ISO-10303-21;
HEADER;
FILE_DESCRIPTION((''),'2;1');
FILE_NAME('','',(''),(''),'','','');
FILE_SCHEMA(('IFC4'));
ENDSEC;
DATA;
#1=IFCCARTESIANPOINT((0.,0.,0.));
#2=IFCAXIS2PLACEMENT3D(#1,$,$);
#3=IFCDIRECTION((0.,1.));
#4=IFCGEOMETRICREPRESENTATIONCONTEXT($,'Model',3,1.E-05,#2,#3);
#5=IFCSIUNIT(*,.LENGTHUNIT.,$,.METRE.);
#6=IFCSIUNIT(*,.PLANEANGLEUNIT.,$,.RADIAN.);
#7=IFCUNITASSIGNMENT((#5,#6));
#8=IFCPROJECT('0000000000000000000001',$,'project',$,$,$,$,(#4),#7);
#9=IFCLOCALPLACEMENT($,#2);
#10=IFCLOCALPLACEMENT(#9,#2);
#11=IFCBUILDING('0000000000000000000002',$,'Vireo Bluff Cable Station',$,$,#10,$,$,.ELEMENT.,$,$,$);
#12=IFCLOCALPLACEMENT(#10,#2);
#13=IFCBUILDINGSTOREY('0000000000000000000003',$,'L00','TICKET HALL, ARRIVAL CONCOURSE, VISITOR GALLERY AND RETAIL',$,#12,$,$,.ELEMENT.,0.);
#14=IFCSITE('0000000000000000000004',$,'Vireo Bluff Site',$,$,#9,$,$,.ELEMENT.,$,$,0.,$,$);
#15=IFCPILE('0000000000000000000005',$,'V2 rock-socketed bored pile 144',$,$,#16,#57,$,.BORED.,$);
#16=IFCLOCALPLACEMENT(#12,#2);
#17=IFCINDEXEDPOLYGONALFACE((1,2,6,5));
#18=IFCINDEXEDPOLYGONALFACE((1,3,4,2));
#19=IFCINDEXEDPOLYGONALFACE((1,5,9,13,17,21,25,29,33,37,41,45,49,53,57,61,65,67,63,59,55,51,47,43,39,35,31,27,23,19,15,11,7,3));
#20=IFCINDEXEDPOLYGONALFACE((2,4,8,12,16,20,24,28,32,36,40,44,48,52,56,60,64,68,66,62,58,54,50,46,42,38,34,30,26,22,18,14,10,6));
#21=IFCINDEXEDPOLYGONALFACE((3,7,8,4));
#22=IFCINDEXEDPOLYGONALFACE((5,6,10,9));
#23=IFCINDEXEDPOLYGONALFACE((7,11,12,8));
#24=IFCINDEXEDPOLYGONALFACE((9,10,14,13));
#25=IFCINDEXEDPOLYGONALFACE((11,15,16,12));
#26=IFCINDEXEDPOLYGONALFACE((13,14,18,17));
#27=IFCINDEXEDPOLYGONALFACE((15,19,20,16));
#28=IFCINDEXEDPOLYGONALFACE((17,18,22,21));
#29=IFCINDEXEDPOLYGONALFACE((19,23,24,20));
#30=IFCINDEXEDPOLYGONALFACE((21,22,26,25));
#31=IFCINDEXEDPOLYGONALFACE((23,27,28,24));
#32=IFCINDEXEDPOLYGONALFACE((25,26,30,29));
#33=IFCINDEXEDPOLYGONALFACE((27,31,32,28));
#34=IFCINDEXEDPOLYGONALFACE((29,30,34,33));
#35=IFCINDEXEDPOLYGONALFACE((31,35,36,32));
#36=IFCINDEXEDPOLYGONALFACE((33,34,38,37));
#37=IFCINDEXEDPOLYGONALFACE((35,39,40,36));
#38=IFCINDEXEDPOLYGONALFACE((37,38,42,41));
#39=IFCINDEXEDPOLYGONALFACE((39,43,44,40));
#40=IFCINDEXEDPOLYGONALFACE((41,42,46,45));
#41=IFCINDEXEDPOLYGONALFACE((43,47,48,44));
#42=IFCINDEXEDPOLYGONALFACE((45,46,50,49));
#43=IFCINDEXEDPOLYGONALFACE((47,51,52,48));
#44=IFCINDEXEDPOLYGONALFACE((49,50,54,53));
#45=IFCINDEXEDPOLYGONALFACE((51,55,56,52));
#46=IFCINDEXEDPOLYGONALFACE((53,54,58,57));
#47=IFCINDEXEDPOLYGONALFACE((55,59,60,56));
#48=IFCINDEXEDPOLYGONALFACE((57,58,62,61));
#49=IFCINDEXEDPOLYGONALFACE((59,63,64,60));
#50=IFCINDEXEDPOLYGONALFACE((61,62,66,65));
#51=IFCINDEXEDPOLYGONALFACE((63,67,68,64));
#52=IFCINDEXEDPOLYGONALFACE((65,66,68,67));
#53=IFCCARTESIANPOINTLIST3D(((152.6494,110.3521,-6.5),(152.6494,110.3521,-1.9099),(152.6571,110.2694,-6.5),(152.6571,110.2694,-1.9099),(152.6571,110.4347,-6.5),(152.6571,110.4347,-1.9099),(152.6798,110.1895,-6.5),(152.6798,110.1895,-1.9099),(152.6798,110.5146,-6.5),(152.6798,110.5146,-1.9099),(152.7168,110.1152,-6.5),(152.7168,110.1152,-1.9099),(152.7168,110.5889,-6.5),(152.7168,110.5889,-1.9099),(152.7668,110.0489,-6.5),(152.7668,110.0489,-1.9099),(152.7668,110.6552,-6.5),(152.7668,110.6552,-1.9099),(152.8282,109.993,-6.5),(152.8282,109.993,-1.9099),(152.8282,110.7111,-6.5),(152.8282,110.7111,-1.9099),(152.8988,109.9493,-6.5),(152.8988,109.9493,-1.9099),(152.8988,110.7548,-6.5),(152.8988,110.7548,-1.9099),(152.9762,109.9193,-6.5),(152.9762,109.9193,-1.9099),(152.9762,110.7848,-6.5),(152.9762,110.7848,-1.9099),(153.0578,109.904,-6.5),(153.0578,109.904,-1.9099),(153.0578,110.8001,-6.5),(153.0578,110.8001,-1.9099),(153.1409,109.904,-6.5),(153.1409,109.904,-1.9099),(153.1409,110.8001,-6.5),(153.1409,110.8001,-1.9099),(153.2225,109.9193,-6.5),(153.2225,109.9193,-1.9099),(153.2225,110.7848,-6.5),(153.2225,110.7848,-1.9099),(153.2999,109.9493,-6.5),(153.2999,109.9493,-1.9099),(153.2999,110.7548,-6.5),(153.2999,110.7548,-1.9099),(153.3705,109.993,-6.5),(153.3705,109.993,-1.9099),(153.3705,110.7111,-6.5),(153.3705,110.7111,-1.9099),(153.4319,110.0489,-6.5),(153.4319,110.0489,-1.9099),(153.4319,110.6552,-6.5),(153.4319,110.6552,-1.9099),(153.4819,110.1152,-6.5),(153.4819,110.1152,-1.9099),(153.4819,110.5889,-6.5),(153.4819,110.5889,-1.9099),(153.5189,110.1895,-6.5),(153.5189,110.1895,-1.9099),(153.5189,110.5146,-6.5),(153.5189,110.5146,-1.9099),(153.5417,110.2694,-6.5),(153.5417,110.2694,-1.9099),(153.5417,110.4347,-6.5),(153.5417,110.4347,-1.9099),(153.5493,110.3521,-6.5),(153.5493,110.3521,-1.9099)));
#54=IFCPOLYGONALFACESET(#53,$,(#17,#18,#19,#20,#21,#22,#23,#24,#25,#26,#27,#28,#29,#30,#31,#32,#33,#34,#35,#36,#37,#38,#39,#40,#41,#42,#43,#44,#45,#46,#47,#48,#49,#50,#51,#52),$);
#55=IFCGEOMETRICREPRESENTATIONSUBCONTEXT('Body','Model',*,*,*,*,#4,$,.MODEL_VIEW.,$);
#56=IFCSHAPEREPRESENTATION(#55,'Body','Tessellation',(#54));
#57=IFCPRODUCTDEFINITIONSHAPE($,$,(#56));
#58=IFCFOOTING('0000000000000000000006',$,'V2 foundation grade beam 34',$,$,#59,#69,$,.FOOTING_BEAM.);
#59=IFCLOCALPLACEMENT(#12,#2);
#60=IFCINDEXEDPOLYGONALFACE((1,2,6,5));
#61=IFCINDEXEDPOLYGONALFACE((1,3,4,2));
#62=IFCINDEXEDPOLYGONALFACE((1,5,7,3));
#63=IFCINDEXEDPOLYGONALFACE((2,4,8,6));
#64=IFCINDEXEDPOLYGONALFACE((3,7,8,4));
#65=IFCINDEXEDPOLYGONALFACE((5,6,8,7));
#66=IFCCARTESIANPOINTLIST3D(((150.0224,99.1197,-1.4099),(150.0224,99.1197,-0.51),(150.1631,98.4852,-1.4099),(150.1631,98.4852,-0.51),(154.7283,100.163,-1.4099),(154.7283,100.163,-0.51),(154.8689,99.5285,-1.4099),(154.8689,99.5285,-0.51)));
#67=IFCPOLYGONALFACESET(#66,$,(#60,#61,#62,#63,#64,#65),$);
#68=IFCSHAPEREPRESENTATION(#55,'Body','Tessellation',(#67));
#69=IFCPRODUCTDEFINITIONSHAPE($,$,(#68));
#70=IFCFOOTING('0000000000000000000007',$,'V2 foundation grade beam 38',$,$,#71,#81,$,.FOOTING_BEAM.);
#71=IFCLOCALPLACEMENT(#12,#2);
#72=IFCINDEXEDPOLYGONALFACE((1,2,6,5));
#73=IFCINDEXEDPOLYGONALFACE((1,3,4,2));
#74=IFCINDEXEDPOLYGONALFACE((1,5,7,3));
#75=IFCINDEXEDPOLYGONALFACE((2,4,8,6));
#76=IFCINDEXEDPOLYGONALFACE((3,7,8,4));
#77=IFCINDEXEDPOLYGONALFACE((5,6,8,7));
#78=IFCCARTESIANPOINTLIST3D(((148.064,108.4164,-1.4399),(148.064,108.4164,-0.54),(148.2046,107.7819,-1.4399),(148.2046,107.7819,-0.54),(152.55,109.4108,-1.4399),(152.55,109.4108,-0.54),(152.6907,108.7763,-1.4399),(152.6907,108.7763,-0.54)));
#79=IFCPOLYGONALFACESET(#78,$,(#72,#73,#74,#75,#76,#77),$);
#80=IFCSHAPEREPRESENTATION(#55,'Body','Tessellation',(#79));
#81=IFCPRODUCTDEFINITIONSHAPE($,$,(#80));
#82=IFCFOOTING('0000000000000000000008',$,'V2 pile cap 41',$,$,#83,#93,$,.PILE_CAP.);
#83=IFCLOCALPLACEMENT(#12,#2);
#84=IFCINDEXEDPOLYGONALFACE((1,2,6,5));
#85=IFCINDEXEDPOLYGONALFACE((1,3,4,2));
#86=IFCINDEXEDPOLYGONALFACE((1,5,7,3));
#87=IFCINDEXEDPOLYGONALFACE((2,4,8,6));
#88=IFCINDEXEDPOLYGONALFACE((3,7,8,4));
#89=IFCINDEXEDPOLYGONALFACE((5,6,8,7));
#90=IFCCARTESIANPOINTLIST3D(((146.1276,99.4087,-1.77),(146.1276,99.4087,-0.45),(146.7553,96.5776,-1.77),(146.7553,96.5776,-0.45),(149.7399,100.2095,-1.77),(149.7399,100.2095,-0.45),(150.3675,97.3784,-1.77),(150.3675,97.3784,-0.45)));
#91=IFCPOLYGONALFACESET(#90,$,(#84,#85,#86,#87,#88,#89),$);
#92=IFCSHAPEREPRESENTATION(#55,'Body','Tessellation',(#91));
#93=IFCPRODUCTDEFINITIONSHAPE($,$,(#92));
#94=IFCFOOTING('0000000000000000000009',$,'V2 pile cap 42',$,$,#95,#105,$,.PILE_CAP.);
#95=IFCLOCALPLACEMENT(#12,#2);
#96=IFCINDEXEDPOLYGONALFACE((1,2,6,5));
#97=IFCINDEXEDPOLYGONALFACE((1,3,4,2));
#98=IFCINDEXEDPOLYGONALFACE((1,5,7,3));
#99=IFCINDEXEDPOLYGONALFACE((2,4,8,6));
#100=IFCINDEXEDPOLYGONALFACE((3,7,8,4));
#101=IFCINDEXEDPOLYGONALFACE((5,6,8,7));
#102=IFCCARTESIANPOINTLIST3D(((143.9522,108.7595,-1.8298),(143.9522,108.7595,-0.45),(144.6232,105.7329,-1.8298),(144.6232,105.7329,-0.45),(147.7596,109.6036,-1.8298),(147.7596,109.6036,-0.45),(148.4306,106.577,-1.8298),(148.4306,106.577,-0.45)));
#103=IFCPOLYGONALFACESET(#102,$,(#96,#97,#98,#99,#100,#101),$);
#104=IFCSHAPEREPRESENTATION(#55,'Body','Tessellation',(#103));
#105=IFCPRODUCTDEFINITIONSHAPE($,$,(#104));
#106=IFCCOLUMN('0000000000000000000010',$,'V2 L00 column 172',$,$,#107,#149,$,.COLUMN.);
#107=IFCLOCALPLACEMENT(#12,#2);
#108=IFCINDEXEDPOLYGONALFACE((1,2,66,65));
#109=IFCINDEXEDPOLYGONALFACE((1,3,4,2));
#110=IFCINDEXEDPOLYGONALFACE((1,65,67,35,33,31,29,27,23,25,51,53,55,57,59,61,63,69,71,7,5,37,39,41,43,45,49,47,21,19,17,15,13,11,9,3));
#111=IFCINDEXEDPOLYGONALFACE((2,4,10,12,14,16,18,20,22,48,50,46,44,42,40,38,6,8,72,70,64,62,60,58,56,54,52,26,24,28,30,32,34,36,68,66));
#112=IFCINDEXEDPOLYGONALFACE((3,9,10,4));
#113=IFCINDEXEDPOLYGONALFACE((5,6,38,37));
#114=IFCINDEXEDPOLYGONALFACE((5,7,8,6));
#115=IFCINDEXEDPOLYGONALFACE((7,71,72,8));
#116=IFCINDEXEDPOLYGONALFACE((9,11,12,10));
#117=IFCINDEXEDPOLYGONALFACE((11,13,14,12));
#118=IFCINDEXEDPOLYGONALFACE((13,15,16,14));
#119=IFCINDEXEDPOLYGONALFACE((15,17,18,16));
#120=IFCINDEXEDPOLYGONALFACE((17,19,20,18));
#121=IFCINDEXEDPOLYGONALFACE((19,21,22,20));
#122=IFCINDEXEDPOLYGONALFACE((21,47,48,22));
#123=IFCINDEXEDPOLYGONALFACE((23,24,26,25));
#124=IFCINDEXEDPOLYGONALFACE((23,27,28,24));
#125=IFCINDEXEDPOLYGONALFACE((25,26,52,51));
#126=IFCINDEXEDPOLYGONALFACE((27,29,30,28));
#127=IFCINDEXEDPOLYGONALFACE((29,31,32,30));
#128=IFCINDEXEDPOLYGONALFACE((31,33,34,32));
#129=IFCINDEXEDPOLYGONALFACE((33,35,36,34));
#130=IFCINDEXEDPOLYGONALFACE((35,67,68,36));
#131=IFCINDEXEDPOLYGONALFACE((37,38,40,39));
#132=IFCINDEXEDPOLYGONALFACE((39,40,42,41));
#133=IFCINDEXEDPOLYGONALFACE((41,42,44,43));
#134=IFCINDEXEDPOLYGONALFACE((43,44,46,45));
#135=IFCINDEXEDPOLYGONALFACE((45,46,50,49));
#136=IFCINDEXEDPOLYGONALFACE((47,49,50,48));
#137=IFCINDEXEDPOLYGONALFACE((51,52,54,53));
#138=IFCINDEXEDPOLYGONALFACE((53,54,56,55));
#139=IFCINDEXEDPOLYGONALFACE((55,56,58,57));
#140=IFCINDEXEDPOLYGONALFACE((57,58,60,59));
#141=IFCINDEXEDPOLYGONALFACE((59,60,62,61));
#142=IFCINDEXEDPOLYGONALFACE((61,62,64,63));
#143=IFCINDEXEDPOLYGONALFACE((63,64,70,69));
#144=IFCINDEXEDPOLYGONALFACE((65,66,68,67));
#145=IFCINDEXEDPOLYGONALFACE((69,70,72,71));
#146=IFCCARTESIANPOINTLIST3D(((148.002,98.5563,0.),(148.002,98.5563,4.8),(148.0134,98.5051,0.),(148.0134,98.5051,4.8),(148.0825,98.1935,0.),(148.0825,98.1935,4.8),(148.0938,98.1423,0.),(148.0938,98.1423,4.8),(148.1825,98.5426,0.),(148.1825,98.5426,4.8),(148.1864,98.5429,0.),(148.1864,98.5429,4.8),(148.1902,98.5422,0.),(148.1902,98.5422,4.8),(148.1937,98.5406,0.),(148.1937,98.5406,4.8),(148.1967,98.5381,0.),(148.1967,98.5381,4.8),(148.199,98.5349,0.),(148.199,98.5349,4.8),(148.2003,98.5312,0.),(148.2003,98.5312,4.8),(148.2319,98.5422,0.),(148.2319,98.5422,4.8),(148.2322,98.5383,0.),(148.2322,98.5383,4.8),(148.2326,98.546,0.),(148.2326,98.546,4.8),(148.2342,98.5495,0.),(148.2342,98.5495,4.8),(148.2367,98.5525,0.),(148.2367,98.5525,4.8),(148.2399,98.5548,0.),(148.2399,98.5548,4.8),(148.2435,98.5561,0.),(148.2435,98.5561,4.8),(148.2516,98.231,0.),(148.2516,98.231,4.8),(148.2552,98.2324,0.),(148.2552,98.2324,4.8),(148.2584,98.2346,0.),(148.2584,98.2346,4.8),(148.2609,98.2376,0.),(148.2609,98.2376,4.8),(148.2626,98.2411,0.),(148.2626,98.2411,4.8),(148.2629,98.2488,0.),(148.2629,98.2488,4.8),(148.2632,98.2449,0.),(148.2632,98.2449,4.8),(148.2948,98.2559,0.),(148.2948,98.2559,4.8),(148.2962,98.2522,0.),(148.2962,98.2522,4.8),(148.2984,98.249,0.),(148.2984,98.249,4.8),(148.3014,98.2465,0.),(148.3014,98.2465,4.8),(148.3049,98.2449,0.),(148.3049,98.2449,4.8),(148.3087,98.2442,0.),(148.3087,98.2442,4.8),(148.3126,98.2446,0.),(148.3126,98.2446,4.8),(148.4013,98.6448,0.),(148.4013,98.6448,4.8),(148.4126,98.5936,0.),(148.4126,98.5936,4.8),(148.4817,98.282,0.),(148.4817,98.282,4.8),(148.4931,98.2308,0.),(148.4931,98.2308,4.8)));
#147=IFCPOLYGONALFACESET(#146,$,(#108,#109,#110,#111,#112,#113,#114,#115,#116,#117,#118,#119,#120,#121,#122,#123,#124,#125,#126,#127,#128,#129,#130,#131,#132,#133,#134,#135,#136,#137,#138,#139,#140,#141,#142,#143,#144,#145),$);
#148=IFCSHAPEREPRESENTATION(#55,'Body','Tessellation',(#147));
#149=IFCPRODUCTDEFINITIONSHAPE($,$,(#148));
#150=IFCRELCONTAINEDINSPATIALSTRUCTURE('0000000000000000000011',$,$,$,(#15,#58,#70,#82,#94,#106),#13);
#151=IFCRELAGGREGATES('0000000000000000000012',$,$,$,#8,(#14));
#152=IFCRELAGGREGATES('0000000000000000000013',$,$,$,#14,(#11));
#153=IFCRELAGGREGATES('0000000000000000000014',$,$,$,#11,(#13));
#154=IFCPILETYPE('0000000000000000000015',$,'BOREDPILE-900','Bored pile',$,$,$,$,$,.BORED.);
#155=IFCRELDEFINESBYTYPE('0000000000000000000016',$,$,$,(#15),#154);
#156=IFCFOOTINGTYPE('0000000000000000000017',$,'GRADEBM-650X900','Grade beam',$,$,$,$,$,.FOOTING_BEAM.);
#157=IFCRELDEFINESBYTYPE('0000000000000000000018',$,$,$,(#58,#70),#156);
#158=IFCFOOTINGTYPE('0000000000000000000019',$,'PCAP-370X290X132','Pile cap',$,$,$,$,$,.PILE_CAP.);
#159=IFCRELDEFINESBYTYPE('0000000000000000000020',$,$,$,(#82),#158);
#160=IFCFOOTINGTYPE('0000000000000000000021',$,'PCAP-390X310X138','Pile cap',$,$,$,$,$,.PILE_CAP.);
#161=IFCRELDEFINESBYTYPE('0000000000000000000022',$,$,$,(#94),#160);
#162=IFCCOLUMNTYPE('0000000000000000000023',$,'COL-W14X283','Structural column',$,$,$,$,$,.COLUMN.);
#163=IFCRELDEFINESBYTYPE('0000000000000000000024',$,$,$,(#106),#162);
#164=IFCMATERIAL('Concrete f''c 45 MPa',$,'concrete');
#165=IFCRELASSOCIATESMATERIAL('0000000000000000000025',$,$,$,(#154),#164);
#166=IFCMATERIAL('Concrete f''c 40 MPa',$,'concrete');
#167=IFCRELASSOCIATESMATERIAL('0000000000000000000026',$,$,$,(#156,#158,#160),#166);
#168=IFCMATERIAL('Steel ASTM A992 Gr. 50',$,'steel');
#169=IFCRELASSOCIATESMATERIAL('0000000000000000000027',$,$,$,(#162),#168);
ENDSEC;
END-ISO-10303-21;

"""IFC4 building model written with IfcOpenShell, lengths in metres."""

from ifc_helpers import new_model, si_unit, direction, frame, origin, origin_2d, place, context, subcontext, project, spatial, rectangle, circle, i_section, extrude, material, material_profile, profile_set, type_object, element, save


model = new_model("IFC4")

# Units and contexts
model_context = context("Model", 3, precision=1e-05, world=origin(), true_north=direction((0.0, 1.0)))
body_context = subcontext(model_context, "Body", "Model", "MODEL_VIEW")
ifc_project = project(units=[si_unit("LENGTHUNIT", "METRE"), si_unit("PLANEANGLEUNIT", "RADIAN")], contexts=[model_context])

# Site, building, storey
site_placement = place(None, origin())
site = spatial("IfcSite", under=ifc_project, at=site_placement, Name="Vireo Bluff Site", CompositionType="ELEMENT", RefElevation=0.0)
building_placement = place(site_placement, origin())
building = spatial("IfcBuilding", under=site, at=building_placement, Name="Vireo Bluff Cable Station", CompositionType="ELEMENT")
storey_placement = place(building_placement, origin())
storey = spatial("IfcBuildingStorey", under=building, at=storey_placement, Name="L00", Description="TICKET HALL, ARRIVAL CONCOURSE, VISITOR GALLERY AND RETAIL", CompositionType="ELEMENT", Elevation=0.0)

# Pile
ifc_material_1 = material(Name="Concrete f'c 45 MPa", Category="concrete")
ifc_material_profile_1 = material_profile(ifc_material_1, circle(Radius=0.45, at=origin_2d()), Name="BOREDPILE-900")
ifc_profile_set_1 = profile_set([ifc_material_profile_1], Name="Concrete f'c 45 MPa")
pile_type_1 = type_object("IfcPileType", Name="BOREDPILE-900", Description="Bored pile", PredefinedType="BORED", material=ifc_profile_set_1)
for number, where, z_axis, x_axis, name in (
    (1, (153.0994, 110.3521, -1.9099), (0.0, 0.0, -1.0), (1.0, 0.0, 0.0), "V2 rock-socketed bored pile 144"),
):
    element("IfcPile", number, at=place(storey_placement, frame(where, z_axis=z_axis, x_axis=x_axis)), inside=storey, type_object=pile_type_1, Name=name, PredefinedType="BORED", context=body_context, shape_type="SweptSolid", body=[
        extrude(circle(Radius=0.45, at=origin_2d()), origin(), (0.0, 0.0, 1.0), 4.5901),
    ])

# Footings
ifc_material_2 = material(Name="Concrete f'c 40 MPa", Category="concrete")
ifc_material_profile_2 = material_profile(ifc_material_2, rectangle(XDim=0.6499, YDim=0.8999, at=origin_2d()), Name="GRADEBM-650X900")
ifc_profile_set_2 = profile_set([ifc_material_profile_2], Name="Concrete f'c 40 MPa")
footing_type_1 = type_object("IfcFootingType", Name="GRADEBM-650X900", Description="Grade beam", PredefinedType="FOOTING_BEAM", material=ifc_profile_set_2)
footing_1_placement = place(storey_placement, frame((150.0928, 98.8025, -0.96), z_axis=(0.976298, 0.216432, 0.0), x_axis=(-0.216432, 0.976298, 0.0)))
element("IfcFooting", 2, at=footing_1_placement, inside=storey, type_object=footing_type_1, Name="V2 foundation grade beam 34", PredefinedType="FOOTING_BEAM", context=body_context, shape_type="SweptSolid", body=[
    extrude(rectangle(XDim=0.6499, YDim=0.8999, at=origin_2d()), origin(), (0.0, 0.0, 1.0), 4.8201),
])
footing_2_placement = place(storey_placement, frame((148.1343, 108.0991, -0.99), z_axis=(0.976303, 0.216407, 0.0), x_axis=(-0.216407, 0.976303, 0.0)))
element("IfcFooting", 3, at=footing_2_placement, inside=storey, type_object=footing_type_1, Name="V2 foundation grade beam 38", PredefinedType="FOOTING_BEAM", context=body_context, shape_type="SweptSolid", body=[
    extrude(rectangle(XDim=0.6499, YDim=0.8999, at=origin_2d()), origin(), (0.0, 0.0, 1.0), 4.595),
])
footing_type_2 = type_object("IfcFootingType", Name="PCAP-370X290X132", Description="Pile cap", PredefinedType="PILE_CAP", material=ifc_material_2)
footing_3_placement = place(storey_placement, frame((148.2476, 98.3936, -1.77), z_axis=(0.0, 0.0, 1.0), x_axis=(0.976296, 0.21644, 0.0)))
element("IfcFooting", 4, at=footing_3_placement, inside=storey, type_object=footing_type_2, Name="V2 pile cap 41", PredefinedType="PILE_CAP", context=body_context, shape_type="SweptSolid", body=[
    extrude(rectangle(XDim=3.7, YDim=2.8999, at=origin_2d()), origin(), (0.0, 0.0, 1.0), 1.3201),
])
footing_type_3 = type_object("IfcFootingType", Name="PCAP-390X310X138", Description="Pile cap", PredefinedType="PILE_CAP", material=ifc_material_2)
footing_4_placement = place(storey_placement, frame((146.1914, 107.6682, -1.8298), z_axis=(0.0, 0.0, 1.0), x_axis=(0.976296, 0.21644, 0.0)))
element("IfcFooting", 5, at=footing_4_placement, inside=storey, type_object=footing_type_3, Name="V2 pile cap 42", PredefinedType="PILE_CAP", context=body_context, shape_type="SweptSolid", body=[
    extrude(rectangle(XDim=3.8999, YDim=3.1001, at=origin_2d()), origin(), (0.0, 0.0, 1.0), 1.3799),
])

# Column
ifc_material_3 = material(Name="Steel ASTM A992 Gr. 50", Category="steel")
ifc_material_profile_3 = material_profile(ifc_material_3, i_section(OverallWidth=0.4089, OverallDepth=0.4241, WebThickness=0.0327, FlangeThickness=0.0525, FilletRadius=0.0149, at=origin_2d()), Name="W14X283")
ifc_profile_set_3 = profile_set([ifc_material_profile_3], Name="Steel ASTM A992 Gr. 50")
column_type_1 = type_object("IfcColumnType", Name="COL-W14X283", Description="Structural column", PredefinedType="COLUMN", material=ifc_profile_set_3)
column_1_placement = place(storey_placement, frame((148.2476, 98.3936, 0.0), z_axis=(0.0, 0.0, 1.0), x_axis=(0.976296, 0.21644, 0.0)))
element("IfcColumn", 6, at=column_1_placement, inside=storey, type_object=column_type_1, Name="V2 L00 column 172", PredefinedType="COLUMN", context=body_context, shape_type="SweptSolid", body=[
    extrude(i_section(OverallWidth=0.4089, OverallDepth=0.4241, WebThickness=0.0327, FlangeThickness=0.0525, FilletRadius=0.0149, at=origin_2d()), origin(), (0.0, 0.0, 1.0), 4.8),
])

save(model, "model.ifc")
